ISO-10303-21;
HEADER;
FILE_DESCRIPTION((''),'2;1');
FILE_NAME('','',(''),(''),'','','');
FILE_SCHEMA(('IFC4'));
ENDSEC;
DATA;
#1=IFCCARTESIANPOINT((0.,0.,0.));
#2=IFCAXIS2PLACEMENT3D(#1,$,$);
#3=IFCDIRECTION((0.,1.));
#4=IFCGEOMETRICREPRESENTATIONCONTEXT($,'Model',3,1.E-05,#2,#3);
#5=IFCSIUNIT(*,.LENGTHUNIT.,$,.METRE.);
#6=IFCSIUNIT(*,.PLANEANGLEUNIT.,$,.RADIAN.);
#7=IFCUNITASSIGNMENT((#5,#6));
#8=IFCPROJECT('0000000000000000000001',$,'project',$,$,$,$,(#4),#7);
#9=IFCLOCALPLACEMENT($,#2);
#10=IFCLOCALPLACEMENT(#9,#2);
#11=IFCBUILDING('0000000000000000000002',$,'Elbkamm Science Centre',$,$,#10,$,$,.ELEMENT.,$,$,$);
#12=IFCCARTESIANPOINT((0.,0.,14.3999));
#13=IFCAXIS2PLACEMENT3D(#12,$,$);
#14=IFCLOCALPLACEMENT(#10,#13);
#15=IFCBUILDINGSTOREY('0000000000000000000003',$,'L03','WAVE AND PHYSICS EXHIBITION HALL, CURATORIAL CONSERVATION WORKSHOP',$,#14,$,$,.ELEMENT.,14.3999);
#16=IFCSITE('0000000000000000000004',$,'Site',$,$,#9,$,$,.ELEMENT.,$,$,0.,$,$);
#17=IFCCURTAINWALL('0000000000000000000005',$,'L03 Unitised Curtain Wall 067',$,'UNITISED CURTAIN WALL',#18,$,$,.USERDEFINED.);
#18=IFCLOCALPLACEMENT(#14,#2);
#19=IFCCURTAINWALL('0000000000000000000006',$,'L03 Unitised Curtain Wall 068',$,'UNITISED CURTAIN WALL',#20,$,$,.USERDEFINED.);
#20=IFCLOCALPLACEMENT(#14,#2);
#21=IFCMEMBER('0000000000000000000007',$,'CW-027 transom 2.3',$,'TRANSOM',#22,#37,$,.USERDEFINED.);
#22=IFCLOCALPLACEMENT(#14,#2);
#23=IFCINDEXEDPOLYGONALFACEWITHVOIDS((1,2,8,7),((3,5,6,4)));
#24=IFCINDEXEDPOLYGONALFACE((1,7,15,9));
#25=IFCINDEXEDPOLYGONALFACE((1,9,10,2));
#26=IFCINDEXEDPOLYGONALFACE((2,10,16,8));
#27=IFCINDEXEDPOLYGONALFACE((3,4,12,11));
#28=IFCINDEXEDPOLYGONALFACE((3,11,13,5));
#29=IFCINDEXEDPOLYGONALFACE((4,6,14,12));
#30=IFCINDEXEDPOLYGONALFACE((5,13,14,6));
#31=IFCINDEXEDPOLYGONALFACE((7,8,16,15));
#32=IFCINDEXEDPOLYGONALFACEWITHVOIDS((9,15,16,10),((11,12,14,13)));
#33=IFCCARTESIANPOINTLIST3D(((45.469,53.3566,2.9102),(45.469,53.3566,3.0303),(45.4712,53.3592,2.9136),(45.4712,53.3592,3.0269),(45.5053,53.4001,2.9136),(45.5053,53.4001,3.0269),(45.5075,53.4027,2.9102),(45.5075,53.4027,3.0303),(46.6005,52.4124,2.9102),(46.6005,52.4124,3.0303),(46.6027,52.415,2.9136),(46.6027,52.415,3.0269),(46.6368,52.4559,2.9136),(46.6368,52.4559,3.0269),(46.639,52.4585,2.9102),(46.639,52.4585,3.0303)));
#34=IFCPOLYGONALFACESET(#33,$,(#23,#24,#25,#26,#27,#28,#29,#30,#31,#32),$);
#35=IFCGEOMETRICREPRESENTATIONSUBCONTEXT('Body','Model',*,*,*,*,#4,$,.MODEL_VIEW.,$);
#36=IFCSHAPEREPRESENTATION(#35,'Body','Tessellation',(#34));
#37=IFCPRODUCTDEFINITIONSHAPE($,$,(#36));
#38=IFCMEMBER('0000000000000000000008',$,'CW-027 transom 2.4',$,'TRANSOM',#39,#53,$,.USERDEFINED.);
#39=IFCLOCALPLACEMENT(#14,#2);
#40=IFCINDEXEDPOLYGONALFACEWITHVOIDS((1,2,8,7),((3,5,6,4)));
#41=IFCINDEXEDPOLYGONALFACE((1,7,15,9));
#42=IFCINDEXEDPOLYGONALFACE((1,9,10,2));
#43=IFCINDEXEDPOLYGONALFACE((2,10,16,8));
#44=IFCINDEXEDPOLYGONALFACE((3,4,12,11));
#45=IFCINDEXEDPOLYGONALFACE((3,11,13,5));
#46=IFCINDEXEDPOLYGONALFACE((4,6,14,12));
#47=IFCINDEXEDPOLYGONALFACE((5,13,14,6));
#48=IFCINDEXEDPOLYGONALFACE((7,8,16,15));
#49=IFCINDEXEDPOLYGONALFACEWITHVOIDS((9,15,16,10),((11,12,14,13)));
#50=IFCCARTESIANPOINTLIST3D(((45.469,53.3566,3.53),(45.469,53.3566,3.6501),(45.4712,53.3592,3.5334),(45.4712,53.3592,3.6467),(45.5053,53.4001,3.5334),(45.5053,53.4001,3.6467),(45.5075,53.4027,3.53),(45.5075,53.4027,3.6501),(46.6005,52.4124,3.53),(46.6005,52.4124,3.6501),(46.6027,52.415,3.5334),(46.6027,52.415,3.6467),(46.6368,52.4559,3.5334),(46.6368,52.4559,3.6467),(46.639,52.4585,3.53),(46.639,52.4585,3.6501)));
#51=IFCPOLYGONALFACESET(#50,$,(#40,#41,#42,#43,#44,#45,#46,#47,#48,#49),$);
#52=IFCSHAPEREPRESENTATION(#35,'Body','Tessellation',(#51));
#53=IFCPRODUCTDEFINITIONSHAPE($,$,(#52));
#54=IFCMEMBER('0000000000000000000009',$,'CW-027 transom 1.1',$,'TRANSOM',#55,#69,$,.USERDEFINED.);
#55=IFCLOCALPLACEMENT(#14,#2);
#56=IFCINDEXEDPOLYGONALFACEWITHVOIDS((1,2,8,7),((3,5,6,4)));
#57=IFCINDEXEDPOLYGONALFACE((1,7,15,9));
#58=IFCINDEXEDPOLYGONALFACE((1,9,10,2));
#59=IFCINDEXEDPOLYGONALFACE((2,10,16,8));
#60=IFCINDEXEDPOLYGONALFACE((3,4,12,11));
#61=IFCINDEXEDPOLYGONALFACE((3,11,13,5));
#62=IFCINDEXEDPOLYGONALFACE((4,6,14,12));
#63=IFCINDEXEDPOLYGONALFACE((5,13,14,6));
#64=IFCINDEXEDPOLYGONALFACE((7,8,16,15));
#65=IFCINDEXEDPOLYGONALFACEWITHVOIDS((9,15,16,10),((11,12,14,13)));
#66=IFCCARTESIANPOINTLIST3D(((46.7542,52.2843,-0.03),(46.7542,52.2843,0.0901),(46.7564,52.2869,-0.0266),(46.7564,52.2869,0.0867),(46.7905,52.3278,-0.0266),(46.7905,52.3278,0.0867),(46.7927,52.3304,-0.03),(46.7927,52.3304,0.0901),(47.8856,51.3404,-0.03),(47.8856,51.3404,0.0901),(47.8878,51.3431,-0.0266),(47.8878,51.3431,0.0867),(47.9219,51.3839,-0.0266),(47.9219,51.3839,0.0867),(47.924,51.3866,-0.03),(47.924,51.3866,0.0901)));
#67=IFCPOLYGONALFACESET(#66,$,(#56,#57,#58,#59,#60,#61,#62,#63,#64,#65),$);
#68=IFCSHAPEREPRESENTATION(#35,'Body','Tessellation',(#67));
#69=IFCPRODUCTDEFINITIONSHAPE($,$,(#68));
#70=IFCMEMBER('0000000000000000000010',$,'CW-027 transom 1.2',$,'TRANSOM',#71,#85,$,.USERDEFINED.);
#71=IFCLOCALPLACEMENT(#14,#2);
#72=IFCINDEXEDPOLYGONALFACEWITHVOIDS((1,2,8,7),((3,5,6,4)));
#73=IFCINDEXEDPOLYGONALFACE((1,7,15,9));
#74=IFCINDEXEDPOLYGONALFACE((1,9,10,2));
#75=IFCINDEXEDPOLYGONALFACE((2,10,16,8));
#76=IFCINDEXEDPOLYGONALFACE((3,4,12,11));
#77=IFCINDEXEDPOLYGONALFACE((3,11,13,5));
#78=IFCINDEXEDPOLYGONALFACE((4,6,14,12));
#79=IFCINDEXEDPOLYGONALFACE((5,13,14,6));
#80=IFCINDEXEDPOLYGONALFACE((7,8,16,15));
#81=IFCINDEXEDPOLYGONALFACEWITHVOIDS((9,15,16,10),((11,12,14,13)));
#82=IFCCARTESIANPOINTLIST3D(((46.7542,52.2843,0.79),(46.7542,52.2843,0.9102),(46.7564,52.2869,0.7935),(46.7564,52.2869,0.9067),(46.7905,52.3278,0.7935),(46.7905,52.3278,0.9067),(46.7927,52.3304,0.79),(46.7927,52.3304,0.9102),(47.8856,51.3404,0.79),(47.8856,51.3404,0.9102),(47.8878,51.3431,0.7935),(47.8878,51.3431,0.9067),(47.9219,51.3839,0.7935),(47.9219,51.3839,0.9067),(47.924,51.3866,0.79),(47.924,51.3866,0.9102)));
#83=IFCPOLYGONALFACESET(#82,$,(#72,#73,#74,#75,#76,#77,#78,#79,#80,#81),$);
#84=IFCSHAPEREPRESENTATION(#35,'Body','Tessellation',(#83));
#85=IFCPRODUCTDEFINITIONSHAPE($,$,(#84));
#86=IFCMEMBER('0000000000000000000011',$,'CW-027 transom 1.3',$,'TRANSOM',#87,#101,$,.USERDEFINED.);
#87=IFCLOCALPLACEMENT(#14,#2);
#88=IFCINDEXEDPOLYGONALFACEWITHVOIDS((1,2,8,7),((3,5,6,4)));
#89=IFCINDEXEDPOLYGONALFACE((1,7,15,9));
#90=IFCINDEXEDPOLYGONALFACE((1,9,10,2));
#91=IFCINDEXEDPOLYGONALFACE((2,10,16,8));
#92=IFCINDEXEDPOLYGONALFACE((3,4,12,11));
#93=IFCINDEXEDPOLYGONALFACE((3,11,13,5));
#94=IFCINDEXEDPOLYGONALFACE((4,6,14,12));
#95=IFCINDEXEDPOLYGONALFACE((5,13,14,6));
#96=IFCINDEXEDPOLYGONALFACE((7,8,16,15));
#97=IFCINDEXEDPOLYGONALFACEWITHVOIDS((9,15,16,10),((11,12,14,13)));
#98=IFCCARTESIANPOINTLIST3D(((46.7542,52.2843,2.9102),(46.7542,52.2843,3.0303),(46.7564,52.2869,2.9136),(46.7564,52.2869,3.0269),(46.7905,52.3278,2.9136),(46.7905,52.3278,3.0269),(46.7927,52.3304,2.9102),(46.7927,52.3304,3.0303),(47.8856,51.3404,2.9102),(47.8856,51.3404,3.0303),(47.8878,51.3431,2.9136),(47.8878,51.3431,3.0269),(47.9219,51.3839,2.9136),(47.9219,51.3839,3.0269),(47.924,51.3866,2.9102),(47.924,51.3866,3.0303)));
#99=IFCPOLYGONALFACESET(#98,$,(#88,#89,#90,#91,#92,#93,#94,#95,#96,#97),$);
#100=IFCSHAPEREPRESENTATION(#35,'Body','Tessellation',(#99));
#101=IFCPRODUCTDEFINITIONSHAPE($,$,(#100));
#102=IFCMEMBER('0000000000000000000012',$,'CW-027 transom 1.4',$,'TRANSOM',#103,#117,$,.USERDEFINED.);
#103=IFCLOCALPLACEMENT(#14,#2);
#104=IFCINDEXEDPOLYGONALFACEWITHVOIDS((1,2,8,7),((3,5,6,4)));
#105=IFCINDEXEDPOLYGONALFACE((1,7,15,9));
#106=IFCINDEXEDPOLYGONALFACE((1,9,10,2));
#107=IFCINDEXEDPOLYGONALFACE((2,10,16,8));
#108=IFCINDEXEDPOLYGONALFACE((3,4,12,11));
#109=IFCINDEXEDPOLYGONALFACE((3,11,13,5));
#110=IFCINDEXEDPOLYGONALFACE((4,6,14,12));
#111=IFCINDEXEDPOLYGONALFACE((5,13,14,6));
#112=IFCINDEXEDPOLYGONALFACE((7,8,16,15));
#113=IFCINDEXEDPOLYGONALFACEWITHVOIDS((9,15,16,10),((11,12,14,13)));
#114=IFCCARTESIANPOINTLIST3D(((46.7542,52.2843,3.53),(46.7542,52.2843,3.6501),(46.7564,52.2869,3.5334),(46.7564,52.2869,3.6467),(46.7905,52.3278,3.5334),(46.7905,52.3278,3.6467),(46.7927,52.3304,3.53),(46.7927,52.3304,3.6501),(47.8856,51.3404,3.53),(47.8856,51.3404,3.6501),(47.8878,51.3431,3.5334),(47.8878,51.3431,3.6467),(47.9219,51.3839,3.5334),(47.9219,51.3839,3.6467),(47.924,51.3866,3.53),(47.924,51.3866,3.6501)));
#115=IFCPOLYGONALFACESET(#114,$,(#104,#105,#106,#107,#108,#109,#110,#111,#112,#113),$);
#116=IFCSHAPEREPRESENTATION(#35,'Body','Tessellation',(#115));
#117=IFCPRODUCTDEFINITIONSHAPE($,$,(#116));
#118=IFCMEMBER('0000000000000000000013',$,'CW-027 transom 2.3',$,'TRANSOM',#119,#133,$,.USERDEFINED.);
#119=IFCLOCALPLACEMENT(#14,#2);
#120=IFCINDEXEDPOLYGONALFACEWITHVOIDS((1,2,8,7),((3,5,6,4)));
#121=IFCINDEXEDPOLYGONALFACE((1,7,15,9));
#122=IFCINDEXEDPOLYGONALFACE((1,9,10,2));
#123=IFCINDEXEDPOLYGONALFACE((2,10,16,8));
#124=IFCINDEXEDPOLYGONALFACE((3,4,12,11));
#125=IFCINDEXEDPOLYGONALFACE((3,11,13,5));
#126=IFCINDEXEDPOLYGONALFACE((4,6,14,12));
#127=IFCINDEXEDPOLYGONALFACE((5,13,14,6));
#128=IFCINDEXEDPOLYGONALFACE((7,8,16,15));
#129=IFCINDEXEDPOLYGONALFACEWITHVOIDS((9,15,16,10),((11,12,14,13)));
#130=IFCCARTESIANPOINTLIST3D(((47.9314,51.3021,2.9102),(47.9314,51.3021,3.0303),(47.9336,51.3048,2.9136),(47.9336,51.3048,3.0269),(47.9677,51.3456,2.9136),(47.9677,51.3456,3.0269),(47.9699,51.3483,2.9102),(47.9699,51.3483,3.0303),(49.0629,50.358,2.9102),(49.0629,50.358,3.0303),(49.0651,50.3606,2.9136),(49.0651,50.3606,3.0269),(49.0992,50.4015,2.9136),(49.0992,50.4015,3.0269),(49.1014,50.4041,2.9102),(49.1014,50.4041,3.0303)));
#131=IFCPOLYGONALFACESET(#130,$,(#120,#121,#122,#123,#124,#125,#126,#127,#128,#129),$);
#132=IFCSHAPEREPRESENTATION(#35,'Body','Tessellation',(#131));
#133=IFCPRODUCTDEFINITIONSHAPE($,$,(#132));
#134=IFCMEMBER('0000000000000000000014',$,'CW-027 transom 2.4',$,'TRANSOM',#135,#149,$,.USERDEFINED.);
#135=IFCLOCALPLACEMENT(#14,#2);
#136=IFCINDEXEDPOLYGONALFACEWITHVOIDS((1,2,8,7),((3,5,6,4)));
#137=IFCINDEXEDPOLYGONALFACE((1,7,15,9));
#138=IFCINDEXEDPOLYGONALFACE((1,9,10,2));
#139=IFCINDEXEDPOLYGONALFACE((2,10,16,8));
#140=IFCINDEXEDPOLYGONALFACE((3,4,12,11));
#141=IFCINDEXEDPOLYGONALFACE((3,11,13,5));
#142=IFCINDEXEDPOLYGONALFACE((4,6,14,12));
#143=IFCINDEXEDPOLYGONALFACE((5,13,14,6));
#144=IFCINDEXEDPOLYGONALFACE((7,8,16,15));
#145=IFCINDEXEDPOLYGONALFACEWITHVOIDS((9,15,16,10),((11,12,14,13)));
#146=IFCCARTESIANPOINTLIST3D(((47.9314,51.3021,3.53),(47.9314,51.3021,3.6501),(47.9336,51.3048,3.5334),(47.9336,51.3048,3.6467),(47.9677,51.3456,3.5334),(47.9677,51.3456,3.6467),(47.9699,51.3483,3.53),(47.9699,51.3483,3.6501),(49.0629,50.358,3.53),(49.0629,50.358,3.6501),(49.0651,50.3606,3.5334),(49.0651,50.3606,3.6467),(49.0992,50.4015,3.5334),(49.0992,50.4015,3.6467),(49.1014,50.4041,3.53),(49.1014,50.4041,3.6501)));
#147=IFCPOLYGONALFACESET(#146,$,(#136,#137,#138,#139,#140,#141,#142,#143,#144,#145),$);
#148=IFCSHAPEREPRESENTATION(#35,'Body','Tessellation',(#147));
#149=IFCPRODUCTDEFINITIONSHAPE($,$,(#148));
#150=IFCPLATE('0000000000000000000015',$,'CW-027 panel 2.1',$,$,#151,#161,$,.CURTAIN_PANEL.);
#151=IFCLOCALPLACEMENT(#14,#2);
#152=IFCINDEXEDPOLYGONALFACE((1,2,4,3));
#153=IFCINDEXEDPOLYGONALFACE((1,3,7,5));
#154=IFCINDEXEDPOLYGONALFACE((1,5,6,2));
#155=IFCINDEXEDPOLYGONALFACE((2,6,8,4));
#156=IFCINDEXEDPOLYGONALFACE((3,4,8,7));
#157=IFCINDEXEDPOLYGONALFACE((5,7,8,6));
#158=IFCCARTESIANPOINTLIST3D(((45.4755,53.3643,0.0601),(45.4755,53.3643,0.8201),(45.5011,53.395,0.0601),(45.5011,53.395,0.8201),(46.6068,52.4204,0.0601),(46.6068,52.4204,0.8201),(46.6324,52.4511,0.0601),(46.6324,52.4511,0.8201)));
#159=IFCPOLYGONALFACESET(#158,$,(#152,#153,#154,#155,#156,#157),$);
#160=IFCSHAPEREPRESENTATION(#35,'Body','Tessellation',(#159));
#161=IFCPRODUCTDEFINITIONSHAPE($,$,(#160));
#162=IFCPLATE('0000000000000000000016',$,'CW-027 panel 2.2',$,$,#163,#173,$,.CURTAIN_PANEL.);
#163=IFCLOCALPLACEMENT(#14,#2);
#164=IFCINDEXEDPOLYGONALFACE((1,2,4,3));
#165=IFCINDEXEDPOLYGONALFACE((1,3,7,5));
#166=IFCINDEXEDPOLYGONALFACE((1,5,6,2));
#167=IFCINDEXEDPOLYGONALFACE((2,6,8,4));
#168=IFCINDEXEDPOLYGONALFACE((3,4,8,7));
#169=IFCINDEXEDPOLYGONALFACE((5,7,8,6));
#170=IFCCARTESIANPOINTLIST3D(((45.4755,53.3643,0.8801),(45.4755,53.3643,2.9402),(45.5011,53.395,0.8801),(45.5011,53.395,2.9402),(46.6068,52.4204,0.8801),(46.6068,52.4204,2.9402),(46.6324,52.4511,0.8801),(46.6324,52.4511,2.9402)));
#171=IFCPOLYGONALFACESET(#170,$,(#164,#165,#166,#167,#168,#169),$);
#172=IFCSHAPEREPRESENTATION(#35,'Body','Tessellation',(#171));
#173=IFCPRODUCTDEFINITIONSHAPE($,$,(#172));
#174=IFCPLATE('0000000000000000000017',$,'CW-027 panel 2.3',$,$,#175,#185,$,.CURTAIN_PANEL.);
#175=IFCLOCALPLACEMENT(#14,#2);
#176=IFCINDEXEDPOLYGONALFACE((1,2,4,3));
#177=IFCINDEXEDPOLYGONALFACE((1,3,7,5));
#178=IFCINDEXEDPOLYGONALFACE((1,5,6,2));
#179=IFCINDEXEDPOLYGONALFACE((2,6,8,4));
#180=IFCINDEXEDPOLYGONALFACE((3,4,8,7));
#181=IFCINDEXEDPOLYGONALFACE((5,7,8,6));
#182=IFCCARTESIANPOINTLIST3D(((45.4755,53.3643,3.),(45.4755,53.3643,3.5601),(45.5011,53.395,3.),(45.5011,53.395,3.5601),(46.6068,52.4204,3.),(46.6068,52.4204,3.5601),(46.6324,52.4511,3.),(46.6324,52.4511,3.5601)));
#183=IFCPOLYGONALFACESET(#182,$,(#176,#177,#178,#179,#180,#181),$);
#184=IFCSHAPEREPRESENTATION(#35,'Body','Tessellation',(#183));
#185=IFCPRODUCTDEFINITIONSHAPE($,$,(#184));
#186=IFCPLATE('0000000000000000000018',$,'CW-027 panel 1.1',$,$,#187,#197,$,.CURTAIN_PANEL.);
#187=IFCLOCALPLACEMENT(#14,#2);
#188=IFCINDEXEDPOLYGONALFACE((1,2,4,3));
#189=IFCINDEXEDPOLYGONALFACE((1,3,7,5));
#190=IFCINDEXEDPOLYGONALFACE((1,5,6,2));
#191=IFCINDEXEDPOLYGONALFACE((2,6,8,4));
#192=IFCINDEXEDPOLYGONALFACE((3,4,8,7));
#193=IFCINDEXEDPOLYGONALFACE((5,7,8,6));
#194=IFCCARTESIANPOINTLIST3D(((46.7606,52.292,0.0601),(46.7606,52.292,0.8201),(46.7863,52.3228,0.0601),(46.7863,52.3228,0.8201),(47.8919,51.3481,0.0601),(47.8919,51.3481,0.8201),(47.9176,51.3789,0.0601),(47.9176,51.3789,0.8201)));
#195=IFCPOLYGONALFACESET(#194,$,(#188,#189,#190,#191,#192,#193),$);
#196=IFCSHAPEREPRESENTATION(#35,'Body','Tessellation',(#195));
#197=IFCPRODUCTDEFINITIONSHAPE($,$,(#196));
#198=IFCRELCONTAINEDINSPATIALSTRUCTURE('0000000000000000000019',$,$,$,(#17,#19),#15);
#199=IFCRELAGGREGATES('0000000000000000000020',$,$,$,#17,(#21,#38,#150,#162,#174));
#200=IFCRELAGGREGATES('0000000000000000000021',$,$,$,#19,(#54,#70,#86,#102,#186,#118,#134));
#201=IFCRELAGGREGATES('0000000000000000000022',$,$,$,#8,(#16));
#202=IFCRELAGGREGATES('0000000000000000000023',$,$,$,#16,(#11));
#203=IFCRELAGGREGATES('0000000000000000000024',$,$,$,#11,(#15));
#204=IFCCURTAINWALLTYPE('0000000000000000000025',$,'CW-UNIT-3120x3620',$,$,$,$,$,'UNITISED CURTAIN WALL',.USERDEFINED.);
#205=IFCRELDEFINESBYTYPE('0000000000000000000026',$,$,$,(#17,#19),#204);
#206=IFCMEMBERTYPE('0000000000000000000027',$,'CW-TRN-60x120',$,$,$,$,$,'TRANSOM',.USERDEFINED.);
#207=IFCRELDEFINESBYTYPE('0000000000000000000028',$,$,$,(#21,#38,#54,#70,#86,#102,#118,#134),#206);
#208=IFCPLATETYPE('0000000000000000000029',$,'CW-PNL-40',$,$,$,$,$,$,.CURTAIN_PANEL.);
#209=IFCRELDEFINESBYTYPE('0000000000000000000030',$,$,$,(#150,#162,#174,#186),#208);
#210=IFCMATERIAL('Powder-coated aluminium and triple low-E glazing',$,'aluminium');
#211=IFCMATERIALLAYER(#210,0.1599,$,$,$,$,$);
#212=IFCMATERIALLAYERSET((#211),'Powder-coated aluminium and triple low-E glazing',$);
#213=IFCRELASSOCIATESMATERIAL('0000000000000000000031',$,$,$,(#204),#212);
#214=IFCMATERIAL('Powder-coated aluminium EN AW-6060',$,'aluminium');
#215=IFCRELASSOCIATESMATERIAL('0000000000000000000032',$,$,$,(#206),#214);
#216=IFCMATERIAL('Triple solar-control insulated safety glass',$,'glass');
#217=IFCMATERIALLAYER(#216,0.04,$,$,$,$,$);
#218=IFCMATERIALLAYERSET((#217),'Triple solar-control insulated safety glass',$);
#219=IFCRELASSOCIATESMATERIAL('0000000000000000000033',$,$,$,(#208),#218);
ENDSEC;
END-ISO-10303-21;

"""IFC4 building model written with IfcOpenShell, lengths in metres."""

from ifc_helpers import new_model, si_unit, direction, frame, origin, origin_2d, place, context, subcontext, project, spatial, rectangle, hollow_rectangle, extrude, material, layer, layer_set, material_profile, profile_set, type_object, element, aggregate, save


model = new_model("IFC4")

# Units and contexts
model_context = context("Model", 3, precision=1e-05, world=origin(), true_north=direction((0.0, 1.0)))
body_context = subcontext(model_context, "Body", "Model", "MODEL_VIEW")
ifc_project = project(units=[si_unit("LENGTHUNIT", "METRE"), si_unit("PLANEANGLEUNIT", "RADIAN")], contexts=[model_context])

# Site, building, storey
site_placement = place(None, origin())
site = spatial("IfcSite", under=ifc_project, at=site_placement, Name="Site", CompositionType="ELEMENT", RefElevation=0.0)
building_placement = place(site_placement, origin())
building = spatial("IfcBuilding", under=site, at=building_placement, Name="Elbkamm Science Centre", CompositionType="ELEMENT")
storey_placement = place(building_placement, frame((0.0, 0.0, 14.3999)))
storey = spatial("IfcBuildingStorey", under=building, at=storey_placement, Name="L03", Description="WAVE AND PHYSICS EXHIBITION HALL, CURATORIAL CONSERVATION WORKSHOP", CompositionType="ELEMENT", Elevation=14.3999)

# Curtain wall
ifc_material_1 = material(Name="Powder-coated aluminium and triple low-E glazing", Category="aluminium")
ifc_layer_1 = layer(ifc_material_1, 0.1599)
ifc_layer_set_1 = layer_set([ifc_layer_1], Name="Powder-coated aluminium and triple low-E glazing")
curtain_wall_type = type_object("IfcCurtainWallType", Name="CW-UNIT-3120x3620", ElementType="UNITISED CURTAIN WALL", PredefinedType="USERDEFINED", material=ifc_layer_set_1)
curtain_wall_1_placement = place(storey_placement, origin())
curtain_wall_1 = element("IfcCurtainWall", 1, at=curtain_wall_1_placement, inside=storey, type_object=curtain_wall_type, Name="L03 Unitised Curtain Wall 067", ObjectType="UNITISED CURTAIN WALL", PredefinedType="USERDEFINED")
ifc_material_2 = material(Name="Powder-coated aluminium EN AW-6060", Category="aluminium")

# Curtain wall
curtain_wall_2_placement = place(storey_placement, origin())
curtain_wall_2 = element("IfcCurtainWall", 2, at=curtain_wall_2_placement, inside=storey, type_object=curtain_wall_type, Name="L03 Unitised Curtain Wall 068", ObjectType="UNITISED CURTAIN WALL", PredefinedType="USERDEFINED")

# Members
ifc_material_profile_1 = material_profile(ifc_material_2, hollow_rectangle(XDim=0.0601, YDim=0.1201, WallThickness=0.0034, at=origin_2d()), Name="ALU T60x120")
ifc_profile_set_1 = profile_set([ifc_material_profile_1], Name="Powder-coated aluminium EN AW-6060")
member_type_1 = type_object("IfcMemberType", Name="CW-TRN-60x120", ElementType="TRANSOM", PredefinedType="USERDEFINED", material=ifc_profile_set_1)
member_1_placement = place(storey_placement, frame((45.4883, 53.3796, 2.9702), z_axis=(0.767787, -0.640706, 0.0), x_axis=(0.640706, 0.767787, 0.0)))
member_1 = element("IfcMember", 3, at=member_1_placement, type_object=member_type_1, Name="CW-027 transom 2.3", ObjectType="TRANSOM", PredefinedType="USERDEFINED", context=body_context, shape_type="SweptSolid", body=[
    extrude(hollow_rectangle(XDim=0.0601, YDim=0.1201, WallThickness=0.0034, at=origin_2d()), origin(), (0.0, 0.0, 1.0), 1.4736),
])
member_2_placement = place(storey_placement, frame((45.4883, 53.3796, 3.5901), z_axis=(0.767787, -0.640706, 0.0), x_axis=(0.640706, 0.767787, 0.0)))
member_2 = element("IfcMember", 4, at=member_2_placement, type_object=member_type_1, Name="CW-027 transom 2.4", ObjectType="TRANSOM", PredefinedType="USERDEFINED", context=body_context, shape_type="SweptSolid", body=[
    extrude(hollow_rectangle(XDim=0.0601, YDim=0.1201, WallThickness=0.0034, at=origin_2d()), origin(), (0.0, 0.0, 1.0), 1.4736),
])
member_3_placement = place(storey_placement, frame((46.7734, 52.3074, 0.03), z_axis=(0.767868, -0.640608, 0.0), x_axis=(0.640608, 0.767868, 0.0)))
member_3 = element("IfcMember", 5, at=member_3_placement, type_object=member_type_1, Name="CW-027 transom 1.1", ObjectType="TRANSOM", PredefinedType="USERDEFINED", context=body_context, shape_type="SweptSolid", body=[
    extrude(hollow_rectangle(XDim=0.0601, YDim=0.1201, WallThickness=0.0034, at=origin_2d()), origin(), (0.0, 0.0, 1.0), 1.4734),
])
member_4_placement = place(storey_placement, frame((46.7734, 52.3074, 0.8501), z_axis=(0.767868, -0.640608, 0.0), x_axis=(0.640608, 0.767868, 0.0)))
member_4 = element("IfcMember", 6, at=member_4_placement, type_object=member_type_1, Name="CW-027 transom 1.2", ObjectType="TRANSOM", PredefinedType="USERDEFINED", context=body_context, shape_type="SweptSolid", body=[
    extrude(hollow_rectangle(XDim=0.0601, YDim=0.1201, WallThickness=0.0034, at=origin_2d()), origin(), (0.0, 0.0, 1.0), 1.4734),
])
member_5_placement = place(storey_placement, frame((46.7734, 52.3074, 2.9702), z_axis=(0.767868, -0.640608, 0.0), x_axis=(0.640608, 0.767868, 0.0)))
member_5 = element("IfcMember", 7, at=member_5_placement, type_object=member_type_1, Name="CW-027 transom 1.3", ObjectType="TRANSOM", PredefinedType="USERDEFINED", context=body_context, shape_type="SweptSolid", body=[
    extrude(hollow_rectangle(XDim=0.0601, YDim=0.1201, WallThickness=0.0034, at=origin_2d()), origin(), (0.0, 0.0, 1.0), 1.4734),
])
member_6_placement = place(storey_placement, frame((46.7734, 52.3074, 3.5901), z_axis=(0.767868, -0.640608, 0.0), x_axis=(0.640608, 0.767868, 0.0)))
member_6 = element("IfcMember", 8, at=member_6_placement, type_object=member_type_1, Name="CW-027 transom 1.4", ObjectType="TRANSOM", PredefinedType="USERDEFINED", context=body_context, shape_type="SweptSolid", body=[
    extrude(hollow_rectangle(XDim=0.0601, YDim=0.1201, WallThickness=0.0034, at=origin_2d()), origin(), (0.0, 0.0, 1.0), 1.4734),
])
member_7_placement = place(storey_placement, frame((47.9507, 51.3252, 2.9702), z_axis=(0.767787, -0.640706, 0.0), x_axis=(0.640706, 0.767787, 0.0)))
member_7 = element("IfcMember", 9, at=member_7_placement, type_object=member_type_1, Name="CW-027 transom 2.3", ObjectType="TRANSOM", PredefinedType="USERDEFINED", context=body_context, shape_type="SweptSolid", body=[
    extrude(hollow_rectangle(XDim=0.0601, YDim=0.1201, WallThickness=0.0034, at=origin_2d()), origin(), (0.0, 0.0, 1.0), 1.4736),
])
member_8_placement = place(storey_placement, frame((47.9507, 51.3252, 3.5901), z_axis=(0.767787, -0.640706, 0.0), x_axis=(0.640706, 0.767787, 0.0)))
member_8 = element("IfcMember", 10, at=member_8_placement, type_object=member_type_1, Name="CW-027 transom 2.4", ObjectType="TRANSOM", PredefinedType="USERDEFINED", context=body_context, shape_type="SweptSolid", body=[
    extrude(hollow_rectangle(XDim=0.0601, YDim=0.1201, WallThickness=0.0034, at=origin_2d()), origin(), (0.0, 0.0, 1.0), 1.4736),
])

# Plates
ifc_material_3 = material(Name="Triple solar-control insulated safety glass", Category="glass")
ifc_layer_2 = layer(ifc_material_3, 0.04)
ifc_layer_set_2 = layer_set([ifc_layer_2], Name="Triple solar-control insulated safety glass")
plate_type = type_object("IfcPlateType", Name="CW-PNL-40", PredefinedType="CURTAIN_PANEL", material=ifc_layer_set_2)
plate_1_placement = place(storey_placement, frame((46.054, 52.9077, 0.0601), z_axis=(0.0, 0.0, 1.0), x_axis=(0.767836, -0.640647, 0.0)))
plate_1 = element("IfcPlate", 11, at=plate_1_placement, type_object=plate_type, Name="CW-027 panel 2.1", PredefinedType="CURTAIN_PANEL", context=body_context, shape_type="SweptSolid", body=[
    extrude(rectangle(XDim=1.4734, YDim=0.04, at=origin_2d()), origin(), (0.0, 0.0, 1.0), 0.76),
])
plate_2_placement = place(storey_placement, frame((46.054, 52.9077, 0.8801), z_axis=(0.0, 0.0, 1.0), x_axis=(0.767836, -0.640647, 0.0)))
plate_2 = element("IfcPlate", 12, at=plate_2_placement, type_object=plate_type, Name="CW-027 panel 2.2", PredefinedType="CURTAIN_PANEL", context=body_context, shape_type="SweptSolid", body=[
    extrude(rectangle(XDim=1.4734, YDim=0.04, at=origin_2d()), origin(), (0.0, 0.0, 1.0), 2.0601),
])
plate_3_placement = place(storey_placement, frame((46.054, 52.9077, 3.0), z_axis=(0.0, 0.0, 1.0), x_axis=(0.767836, -0.640647, 0.0)))
plate_3 = element("IfcPlate", 13, at=plate_3_placement, type_object=plate_type, Name="CW-027 panel 2.3", PredefinedType="CURTAIN_PANEL", context=body_context, shape_type="SweptSolid", body=[
    extrude(rectangle(XDim=1.4734, YDim=0.04, at=origin_2d()), origin(), (0.0, 0.0, 1.0), 0.5601),
])
aggregate(curtain_wall_1, [member_1, member_2, plate_1, plate_2, plate_3])
plate_4_placement = place(storey_placement, frame((47.3391, 51.8354, 0.0601), z_axis=(0.0, 0.0, 1.0), x_axis=(0.767836, -0.640647, 0.0)))
plate_4 = element("IfcPlate", 14, at=plate_4_placement, type_object=plate_type, Name="CW-027 panel 1.1", PredefinedType="CURTAIN_PANEL", context=body_context, shape_type="SweptSolid", body=[
    extrude(rectangle(XDim=1.4734, YDim=0.04, at=origin_2d()), origin(), (0.0, 0.0, 1.0), 0.76),
])
aggregate(curtain_wall_2, [member_3, member_4, member_5, member_6, plate_4, member_7, member_8])

save(model, "model.ifc")
